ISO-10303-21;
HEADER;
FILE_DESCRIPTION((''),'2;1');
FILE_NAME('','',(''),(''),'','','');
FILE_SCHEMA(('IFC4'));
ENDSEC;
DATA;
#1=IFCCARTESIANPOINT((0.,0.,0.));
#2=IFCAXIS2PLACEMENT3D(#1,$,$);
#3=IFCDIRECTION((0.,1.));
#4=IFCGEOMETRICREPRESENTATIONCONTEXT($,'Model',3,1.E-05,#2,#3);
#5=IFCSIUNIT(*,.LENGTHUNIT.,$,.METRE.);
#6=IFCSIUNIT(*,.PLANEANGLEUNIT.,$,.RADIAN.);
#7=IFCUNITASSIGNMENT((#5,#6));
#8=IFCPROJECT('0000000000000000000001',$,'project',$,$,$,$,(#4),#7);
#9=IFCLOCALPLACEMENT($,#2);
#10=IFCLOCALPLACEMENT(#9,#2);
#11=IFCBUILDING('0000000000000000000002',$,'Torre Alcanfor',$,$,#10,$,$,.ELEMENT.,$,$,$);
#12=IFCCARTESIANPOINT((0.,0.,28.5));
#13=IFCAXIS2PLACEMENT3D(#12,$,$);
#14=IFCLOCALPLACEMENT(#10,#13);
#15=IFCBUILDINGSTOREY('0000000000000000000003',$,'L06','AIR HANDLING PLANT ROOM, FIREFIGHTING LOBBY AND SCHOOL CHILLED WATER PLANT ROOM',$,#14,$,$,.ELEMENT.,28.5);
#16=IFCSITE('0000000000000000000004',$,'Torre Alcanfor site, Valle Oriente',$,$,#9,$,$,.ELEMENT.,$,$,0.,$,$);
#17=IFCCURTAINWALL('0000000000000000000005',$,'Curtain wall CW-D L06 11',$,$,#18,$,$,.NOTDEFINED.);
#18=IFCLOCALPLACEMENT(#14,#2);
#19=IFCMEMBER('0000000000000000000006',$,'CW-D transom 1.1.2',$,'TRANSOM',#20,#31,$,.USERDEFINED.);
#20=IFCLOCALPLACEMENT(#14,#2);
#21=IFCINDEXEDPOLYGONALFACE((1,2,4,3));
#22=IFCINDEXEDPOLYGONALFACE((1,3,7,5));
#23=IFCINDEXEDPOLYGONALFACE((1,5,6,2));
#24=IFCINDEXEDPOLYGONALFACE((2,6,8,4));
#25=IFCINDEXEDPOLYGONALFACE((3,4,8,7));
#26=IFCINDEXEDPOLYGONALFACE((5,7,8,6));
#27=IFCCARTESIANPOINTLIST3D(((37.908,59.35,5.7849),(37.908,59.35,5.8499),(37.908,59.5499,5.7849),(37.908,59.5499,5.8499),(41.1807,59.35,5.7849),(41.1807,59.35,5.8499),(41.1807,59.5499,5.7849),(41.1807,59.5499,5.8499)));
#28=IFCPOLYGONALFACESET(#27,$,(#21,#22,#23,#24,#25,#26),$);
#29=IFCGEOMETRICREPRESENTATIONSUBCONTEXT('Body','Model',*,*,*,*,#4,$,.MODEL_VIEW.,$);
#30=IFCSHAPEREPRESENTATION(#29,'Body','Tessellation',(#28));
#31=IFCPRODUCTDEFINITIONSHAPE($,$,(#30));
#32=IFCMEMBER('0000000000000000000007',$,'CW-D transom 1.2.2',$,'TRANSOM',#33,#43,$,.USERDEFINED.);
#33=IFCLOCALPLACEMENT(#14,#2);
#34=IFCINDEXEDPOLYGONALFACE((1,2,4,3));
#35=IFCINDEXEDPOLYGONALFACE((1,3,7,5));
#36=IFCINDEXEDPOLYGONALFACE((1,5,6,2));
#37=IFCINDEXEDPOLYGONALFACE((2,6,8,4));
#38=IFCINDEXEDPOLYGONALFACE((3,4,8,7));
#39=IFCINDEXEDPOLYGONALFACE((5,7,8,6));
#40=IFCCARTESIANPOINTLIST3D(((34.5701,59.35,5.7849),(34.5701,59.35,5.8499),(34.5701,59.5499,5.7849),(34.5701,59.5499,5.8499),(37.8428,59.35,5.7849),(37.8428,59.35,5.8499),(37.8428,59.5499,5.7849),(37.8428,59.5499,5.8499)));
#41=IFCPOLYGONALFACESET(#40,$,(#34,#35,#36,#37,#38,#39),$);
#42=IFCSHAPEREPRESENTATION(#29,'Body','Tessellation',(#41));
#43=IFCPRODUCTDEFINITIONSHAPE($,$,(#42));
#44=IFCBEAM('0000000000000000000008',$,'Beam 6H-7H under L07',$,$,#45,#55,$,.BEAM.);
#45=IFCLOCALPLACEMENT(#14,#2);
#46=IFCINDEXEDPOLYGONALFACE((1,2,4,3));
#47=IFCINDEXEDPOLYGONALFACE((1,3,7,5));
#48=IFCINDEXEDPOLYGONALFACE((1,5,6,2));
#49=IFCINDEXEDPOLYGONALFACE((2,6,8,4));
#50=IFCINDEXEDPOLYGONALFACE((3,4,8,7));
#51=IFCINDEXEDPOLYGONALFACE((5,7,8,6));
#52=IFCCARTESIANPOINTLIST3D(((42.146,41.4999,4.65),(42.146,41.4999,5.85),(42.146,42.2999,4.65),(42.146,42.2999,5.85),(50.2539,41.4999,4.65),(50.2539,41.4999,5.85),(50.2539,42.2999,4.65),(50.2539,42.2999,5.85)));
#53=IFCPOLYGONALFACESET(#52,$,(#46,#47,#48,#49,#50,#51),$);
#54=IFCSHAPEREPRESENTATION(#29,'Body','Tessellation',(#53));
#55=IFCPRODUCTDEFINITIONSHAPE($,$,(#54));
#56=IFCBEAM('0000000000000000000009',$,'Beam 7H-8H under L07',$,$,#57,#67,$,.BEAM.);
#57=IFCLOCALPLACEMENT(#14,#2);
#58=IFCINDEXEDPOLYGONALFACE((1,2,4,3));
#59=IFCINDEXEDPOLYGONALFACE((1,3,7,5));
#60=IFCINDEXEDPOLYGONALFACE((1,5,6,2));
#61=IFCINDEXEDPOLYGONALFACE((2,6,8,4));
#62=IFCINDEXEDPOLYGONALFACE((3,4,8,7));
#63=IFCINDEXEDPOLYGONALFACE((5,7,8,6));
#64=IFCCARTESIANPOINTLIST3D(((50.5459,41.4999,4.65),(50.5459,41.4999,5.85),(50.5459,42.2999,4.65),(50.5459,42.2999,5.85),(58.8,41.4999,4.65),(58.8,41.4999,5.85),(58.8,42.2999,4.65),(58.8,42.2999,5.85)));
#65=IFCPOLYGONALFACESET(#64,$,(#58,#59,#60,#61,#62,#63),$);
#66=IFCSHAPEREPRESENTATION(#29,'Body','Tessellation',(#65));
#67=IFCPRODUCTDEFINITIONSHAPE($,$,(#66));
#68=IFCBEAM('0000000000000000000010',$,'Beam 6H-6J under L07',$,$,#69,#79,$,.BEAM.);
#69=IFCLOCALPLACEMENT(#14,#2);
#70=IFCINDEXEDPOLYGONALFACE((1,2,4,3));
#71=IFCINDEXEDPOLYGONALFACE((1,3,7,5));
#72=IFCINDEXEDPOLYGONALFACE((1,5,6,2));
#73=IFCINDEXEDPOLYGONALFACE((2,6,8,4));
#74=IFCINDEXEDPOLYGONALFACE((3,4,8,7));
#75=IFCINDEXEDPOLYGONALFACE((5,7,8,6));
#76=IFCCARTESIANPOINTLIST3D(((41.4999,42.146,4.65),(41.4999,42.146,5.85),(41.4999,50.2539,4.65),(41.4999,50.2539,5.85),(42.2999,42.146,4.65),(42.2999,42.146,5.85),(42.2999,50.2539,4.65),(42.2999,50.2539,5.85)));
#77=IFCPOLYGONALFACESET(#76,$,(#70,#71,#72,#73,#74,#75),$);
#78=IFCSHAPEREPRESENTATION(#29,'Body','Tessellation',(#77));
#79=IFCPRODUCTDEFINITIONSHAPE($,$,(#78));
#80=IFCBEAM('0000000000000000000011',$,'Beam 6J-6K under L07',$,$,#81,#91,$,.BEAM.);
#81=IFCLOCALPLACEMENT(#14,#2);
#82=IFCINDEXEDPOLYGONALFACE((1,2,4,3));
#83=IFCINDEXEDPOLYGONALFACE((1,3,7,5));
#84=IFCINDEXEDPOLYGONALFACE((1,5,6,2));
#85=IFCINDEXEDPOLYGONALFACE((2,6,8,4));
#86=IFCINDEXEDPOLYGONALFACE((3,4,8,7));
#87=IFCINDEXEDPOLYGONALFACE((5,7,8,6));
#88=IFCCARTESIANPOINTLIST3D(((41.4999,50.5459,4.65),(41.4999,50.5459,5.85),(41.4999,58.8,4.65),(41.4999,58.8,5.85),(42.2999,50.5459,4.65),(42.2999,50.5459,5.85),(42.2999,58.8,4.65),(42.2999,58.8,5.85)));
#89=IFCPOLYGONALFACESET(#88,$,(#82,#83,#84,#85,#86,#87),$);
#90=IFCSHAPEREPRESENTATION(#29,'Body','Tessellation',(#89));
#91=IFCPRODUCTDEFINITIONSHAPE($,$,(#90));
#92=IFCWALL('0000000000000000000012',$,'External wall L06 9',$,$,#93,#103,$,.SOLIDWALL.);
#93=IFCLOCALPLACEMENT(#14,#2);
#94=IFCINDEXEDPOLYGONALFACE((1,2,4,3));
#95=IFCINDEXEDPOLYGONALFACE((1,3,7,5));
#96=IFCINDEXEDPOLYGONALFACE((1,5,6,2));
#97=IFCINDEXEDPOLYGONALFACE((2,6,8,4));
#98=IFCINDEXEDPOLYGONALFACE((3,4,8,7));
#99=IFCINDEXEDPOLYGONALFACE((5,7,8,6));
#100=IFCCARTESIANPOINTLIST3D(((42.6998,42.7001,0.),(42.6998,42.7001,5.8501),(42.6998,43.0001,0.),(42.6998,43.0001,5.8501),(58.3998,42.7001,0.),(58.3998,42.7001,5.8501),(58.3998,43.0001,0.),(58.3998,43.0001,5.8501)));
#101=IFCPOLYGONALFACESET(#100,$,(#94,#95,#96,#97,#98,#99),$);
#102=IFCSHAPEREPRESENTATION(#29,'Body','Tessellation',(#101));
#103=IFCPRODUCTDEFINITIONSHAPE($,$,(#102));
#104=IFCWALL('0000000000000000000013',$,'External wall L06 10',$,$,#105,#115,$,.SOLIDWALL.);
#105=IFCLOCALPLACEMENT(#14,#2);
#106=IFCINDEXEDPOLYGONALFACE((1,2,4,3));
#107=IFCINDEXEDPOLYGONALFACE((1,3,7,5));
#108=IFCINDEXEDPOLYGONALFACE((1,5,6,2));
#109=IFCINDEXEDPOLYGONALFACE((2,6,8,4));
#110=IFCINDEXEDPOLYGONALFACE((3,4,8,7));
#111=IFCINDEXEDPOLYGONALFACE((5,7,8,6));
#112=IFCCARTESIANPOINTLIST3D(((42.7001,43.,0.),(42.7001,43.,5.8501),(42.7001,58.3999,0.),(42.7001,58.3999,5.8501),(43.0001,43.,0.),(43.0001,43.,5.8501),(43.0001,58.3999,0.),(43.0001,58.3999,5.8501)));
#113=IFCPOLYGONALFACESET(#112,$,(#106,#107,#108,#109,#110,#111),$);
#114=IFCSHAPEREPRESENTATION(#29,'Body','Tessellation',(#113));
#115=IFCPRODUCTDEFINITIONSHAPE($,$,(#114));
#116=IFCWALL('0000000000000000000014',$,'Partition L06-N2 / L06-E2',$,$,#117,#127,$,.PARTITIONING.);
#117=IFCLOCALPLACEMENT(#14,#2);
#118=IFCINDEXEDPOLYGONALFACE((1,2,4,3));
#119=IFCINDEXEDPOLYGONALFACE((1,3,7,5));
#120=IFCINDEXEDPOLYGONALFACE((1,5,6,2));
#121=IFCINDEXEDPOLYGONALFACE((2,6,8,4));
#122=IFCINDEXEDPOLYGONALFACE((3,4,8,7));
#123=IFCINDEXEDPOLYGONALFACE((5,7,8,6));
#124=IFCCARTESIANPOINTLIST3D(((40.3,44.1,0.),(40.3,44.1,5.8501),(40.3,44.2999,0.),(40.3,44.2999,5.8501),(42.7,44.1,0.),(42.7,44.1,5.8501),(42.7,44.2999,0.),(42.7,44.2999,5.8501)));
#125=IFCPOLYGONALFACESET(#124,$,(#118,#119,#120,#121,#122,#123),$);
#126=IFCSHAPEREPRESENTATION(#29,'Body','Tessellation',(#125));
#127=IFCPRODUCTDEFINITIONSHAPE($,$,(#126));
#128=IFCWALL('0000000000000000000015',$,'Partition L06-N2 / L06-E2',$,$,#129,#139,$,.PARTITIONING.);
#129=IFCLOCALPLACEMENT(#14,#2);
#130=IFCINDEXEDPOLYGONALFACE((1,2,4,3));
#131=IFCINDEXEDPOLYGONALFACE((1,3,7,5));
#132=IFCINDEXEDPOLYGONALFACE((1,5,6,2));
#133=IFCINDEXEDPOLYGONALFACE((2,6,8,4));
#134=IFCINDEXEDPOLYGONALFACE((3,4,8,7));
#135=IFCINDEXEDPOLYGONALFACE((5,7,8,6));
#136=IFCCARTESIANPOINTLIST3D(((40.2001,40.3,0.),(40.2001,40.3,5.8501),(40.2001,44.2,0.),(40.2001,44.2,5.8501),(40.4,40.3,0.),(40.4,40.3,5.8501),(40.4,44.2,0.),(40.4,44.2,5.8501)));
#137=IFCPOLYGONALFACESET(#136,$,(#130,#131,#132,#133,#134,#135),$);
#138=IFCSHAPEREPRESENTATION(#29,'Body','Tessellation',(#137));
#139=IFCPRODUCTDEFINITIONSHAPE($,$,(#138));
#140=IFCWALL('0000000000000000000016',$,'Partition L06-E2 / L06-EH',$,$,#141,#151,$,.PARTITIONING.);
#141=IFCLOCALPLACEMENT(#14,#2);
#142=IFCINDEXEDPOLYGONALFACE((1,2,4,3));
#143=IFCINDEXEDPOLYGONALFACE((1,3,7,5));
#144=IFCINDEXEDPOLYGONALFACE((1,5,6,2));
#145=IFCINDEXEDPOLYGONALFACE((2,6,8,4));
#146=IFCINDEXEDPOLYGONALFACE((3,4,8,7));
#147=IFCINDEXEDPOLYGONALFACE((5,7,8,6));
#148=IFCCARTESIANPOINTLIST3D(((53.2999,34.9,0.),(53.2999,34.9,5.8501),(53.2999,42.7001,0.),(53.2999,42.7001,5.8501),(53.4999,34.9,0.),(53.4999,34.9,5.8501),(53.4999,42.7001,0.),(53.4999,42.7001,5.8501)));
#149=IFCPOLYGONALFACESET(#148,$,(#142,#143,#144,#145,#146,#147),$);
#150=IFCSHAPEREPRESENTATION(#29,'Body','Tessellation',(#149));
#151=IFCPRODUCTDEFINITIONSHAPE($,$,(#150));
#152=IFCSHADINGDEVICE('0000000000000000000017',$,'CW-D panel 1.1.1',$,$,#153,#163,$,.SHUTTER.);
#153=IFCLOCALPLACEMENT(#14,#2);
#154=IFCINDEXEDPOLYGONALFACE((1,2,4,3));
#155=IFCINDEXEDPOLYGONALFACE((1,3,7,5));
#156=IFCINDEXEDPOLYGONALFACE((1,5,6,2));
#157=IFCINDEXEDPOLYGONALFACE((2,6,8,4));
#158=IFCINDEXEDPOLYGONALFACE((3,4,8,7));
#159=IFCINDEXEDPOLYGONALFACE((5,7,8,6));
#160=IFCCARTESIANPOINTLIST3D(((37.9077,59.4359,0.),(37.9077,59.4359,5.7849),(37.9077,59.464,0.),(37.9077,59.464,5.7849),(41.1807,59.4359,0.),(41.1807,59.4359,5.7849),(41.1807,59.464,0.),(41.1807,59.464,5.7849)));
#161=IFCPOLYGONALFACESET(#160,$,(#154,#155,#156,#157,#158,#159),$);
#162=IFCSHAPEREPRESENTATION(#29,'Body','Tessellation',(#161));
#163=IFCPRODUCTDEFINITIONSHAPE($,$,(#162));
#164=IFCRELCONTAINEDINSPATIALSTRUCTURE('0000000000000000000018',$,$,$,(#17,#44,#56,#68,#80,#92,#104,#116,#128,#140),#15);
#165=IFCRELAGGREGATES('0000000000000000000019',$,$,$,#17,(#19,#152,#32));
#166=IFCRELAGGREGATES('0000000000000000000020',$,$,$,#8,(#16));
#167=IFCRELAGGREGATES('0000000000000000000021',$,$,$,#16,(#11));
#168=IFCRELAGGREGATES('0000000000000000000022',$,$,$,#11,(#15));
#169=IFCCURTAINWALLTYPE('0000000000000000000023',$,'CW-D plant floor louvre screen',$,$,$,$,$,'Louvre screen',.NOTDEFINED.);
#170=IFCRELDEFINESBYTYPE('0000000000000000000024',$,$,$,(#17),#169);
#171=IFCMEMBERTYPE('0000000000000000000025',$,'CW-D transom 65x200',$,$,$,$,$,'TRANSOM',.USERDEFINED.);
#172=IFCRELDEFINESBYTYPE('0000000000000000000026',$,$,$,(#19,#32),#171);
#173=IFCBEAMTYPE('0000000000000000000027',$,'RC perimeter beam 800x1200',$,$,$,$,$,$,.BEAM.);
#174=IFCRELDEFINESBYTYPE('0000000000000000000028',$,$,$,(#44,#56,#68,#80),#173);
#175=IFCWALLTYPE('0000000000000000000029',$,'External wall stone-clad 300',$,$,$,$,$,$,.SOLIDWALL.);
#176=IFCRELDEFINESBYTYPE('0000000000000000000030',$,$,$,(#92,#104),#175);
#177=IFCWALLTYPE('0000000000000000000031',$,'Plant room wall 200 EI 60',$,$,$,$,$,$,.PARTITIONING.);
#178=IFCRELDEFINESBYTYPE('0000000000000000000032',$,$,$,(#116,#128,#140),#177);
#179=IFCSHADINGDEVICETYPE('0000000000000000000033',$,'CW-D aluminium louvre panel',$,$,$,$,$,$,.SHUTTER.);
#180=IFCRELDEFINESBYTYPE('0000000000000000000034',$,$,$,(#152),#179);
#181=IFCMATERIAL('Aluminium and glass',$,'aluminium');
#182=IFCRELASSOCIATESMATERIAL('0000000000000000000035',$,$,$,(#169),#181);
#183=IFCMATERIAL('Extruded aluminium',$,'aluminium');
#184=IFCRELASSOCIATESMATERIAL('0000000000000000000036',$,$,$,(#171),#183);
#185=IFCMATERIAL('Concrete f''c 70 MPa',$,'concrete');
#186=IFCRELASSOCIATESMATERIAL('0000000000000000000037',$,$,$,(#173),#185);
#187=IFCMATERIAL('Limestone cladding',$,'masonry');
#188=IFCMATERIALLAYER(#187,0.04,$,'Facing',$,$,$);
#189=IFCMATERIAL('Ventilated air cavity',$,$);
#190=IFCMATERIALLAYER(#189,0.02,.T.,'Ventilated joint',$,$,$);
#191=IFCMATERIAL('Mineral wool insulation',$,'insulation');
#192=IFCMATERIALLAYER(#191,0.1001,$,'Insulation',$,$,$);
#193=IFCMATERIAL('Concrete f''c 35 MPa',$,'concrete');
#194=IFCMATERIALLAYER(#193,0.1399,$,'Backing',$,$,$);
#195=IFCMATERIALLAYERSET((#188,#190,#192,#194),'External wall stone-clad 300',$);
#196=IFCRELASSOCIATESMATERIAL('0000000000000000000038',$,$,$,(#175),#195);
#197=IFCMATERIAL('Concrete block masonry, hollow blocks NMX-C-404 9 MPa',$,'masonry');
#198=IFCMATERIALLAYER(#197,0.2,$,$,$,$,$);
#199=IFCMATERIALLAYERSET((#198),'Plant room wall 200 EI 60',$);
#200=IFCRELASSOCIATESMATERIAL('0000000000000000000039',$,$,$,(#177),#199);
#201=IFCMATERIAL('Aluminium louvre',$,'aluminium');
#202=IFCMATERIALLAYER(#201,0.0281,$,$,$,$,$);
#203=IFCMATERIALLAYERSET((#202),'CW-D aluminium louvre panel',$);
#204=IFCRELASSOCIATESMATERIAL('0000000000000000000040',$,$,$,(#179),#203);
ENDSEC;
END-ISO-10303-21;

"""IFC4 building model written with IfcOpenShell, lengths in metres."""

from ifc_helpers import new_model, si_unit, direction, frame, frame_2d, origin, origin_2d, place, context, subcontext, project, spatial, rectangle, extrude, material, layer, layer_set, material_profile, profile_set, type_object, element, aggregate, save


model = new_model("IFC4")

# Units and contexts
model_context = context("Model", 3, precision=1e-05, world=origin(), true_north=direction((0.0, 1.0)))
body_context = subcontext(model_context, "Body", "Model", "MODEL_VIEW")
ifc_project = project(units=[si_unit("LENGTHUNIT", "METRE"), si_unit("PLANEANGLEUNIT", "RADIAN")], contexts=[model_context])

# Site, building, storey
site_placement = place(None, origin())
site = spatial("IfcSite", under=ifc_project, at=site_placement, Name="Torre Alcanfor site, Valle Oriente", CompositionType="ELEMENT", RefElevation=0.0)
building_placement = place(site_placement, origin())
building = spatial("IfcBuilding", under=site, at=building_placement, Name="Torre Alcanfor", CompositionType="ELEMENT")
storey_placement = place(building_placement, frame((0.0, 0.0, 28.5)))
storey = spatial("IfcBuildingStorey", under=building, at=storey_placement, Name="L06", Description="AIR HANDLING PLANT ROOM, FIREFIGHTING LOBBY AND SCHOOL CHILLED WATER PLANT ROOM", CompositionType="ELEMENT", Elevation=28.5)

# Shared definitions
ifc_material_1 = material(Name="Aluminium and glass", Category="aluminium")
curtain_wall_type = type_object("IfcCurtainWallType", Name="CW-D plant floor louvre screen", ElementType="Louvre screen", PredefinedType="NOTDEFINED", material=ifc_material_1)

# Curtain wall, members
curtain_wall_1_placement = place(storey_placement, origin())
curtain_wall_1 = element("IfcCurtainWall", 1, at=curtain_wall_1_placement, inside=storey, type_object=curtain_wall_type, Name="Curtain wall CW-D L06 11", PredefinedType="NOTDEFINED")
ifc_material_2 = material(Name="Extruded aluminium", Category="aluminium")
ifc_material_profile_1 = material_profile(ifc_material_2, rectangle(XDim=0.2, YDim=0.0649, at=origin_2d()), Name="CW-D transom 200x65")
ifc_profile_set_1 = profile_set([ifc_material_profile_1], Name="Extruded aluminium")
member_type_1 = type_object("IfcMemberType", Name="CW-D transom 65x200", ElementType="TRANSOM", PredefinedType="USERDEFINED", material=ifc_profile_set_1)
member_1_placement = place(storey_placement, frame((41.1807, 59.45, 5.8174), z_axis=(-1.0, 0.0, 0.0), x_axis=(0.0, -1.0, 0.0)))
member_1 = element("IfcMember", 2, at=member_1_placement, type_object=member_type_1, Name="CW-D transom 1.1.2", ObjectType="TRANSOM", PredefinedType="USERDEFINED", context=body_context, shape_type="SweptSolid", body=[
    extrude(rectangle(XDim=0.2, YDim=0.0649, at=origin_2d()), origin(), (0.0, 0.0, 1.0), 3.2727),
])
member_2_placement = place(storey_placement, frame((37.8428, 59.45, 5.8174), z_axis=(-1.0, 0.0, 0.0), x_axis=(0.0, -1.0, 0.0)))
member_2 = element("IfcMember", 3, at=member_2_placement, type_object=member_type_1, Name="CW-D transom 1.2.2", ObjectType="TRANSOM", PredefinedType="USERDEFINED", context=body_context, shape_type="SweptSolid", body=[
    extrude(rectangle(XDim=0.2, YDim=0.0649, at=origin_2d()), origin(), (0.0, 0.0, 1.0), 3.2727),
])

# Beams
ifc_material_3 = material(Name="Concrete f'c 70 MPa", Category="concrete")
ifc_material_profile_2 = material_profile(ifc_material_3, rectangle(XDim=0.8, YDim=1.2, at=origin_2d()), Name="800x1200")
ifc_profile_set_2 = profile_set([ifc_material_profile_2], Name="Concrete f'c 70 MPa")
beam_type = type_object("IfcBeamType", Name="RC perimeter beam 800x1200", PredefinedType="BEAM", material=ifc_profile_set_2)
beam_1_placement = place(storey_placement, frame((42.146, 41.8999, 5.25), z_axis=(1.0, 0.0, 0.0), x_axis=(0.0, 1.0, 0.0)))
element("IfcBeam", 4, at=beam_1_placement, inside=storey, type_object=beam_type, Name="Beam 6H-7H under L07", PredefinedType="BEAM", context=body_context, shape_type="SweptSolid", body=[
    extrude(rectangle(XDim=0.8, YDim=1.2, at=origin_2d()), origin(), (0.0, 0.0, 1.0), 8.1079),
])
beam_2_placement = place(storey_placement, frame((50.5459, 41.8999, 5.25), z_axis=(1.0, 0.0, 0.0), x_axis=(0.0, 1.0, 0.0)))
element("IfcBeam", 5, at=beam_2_placement, inside=storey, type_object=beam_type, Name="Beam 7H-8H under L07", PredefinedType="BEAM", context=body_context, shape_type="SweptSolid", body=[
    extrude(rectangle(XDim=0.8, YDim=1.2, at=origin_2d()), origin(), (0.0, 0.0, 1.0), 8.2542),
])
beam_3_placement = place(storey_placement, frame((41.8999, 42.146, 5.25), z_axis=(0.0, 1.0, 0.0), x_axis=(-1.0, 0.0, 0.0)))
element("IfcBeam", 6, at=beam_3_placement, inside=storey, type_object=beam_type, Name="Beam 6H-6J under L07", PredefinedType="BEAM", context=body_context, shape_type="SweptSolid", body=[
    extrude(rectangle(XDim=0.8, YDim=1.2, at=origin_2d()), origin(), (0.0, 0.0, 1.0), 8.1079),
])
beam_4_placement = place(storey_placement, frame((41.8999, 50.5459, 5.25), z_axis=(0.0, 1.0, 0.0), x_axis=(-1.0, 0.0, 0.0)))
element("IfcBeam", 7, at=beam_4_placement, inside=storey, type_object=beam_type, Name="Beam 6J-6K under L07", PredefinedType="BEAM", context=body_context, shape_type="SweptSolid", body=[
    extrude(rectangle(XDim=0.8, YDim=1.2, at=origin_2d()), origin(), (0.0, 0.0, 1.0), 8.2542),
])

# Walls
ifc_material_4 = material(Name="Limestone cladding", Category="masonry")
ifc_layer_1 = layer(ifc_material_4, 0.04, Name="Facing")
ifc_material_5 = material(Name="Ventilated air cavity")
ifc_layer_2 = layer(ifc_material_5, 0.02, ventilated=True, Name="Ventilated joint")
ifc_material_6 = material(Name="Mineral wool insulation", Category="insulation")
ifc_layer_3 = layer(ifc_material_6, 0.1001, Name="Insulation")
ifc_material_7 = material(Name="Concrete f'c 35 MPa", Category="concrete")
ifc_layer_4 = layer(ifc_material_7, 0.1399, Name="Backing")
ifc_layer_set_1 = layer_set([ifc_layer_1, ifc_layer_2, ifc_layer_3, ifc_layer_4], Name="External wall stone-clad 300")
wall_type_1 = type_object("IfcWallType", Name="External wall stone-clad 300", PredefinedType="SOLIDWALL", material=ifc_layer_set_1)
wall_1_placement = place(storey_placement, frame((58.3999, 42.8501, 0.0), z_axis=(0.0, 0.0, 1.0), x_axis=(-1.0, 0.0, 0.0)))
element("IfcWall", 8, at=wall_1_placement, inside=storey, type_object=wall_type_1, Name="External wall L06 9", PredefinedType="SOLIDWALL", context=body_context, shape_type="SweptSolid", body=[
    extrude(rectangle(XDim=15.7, YDim=0.3, at=frame_2d((7.8501, 0.0))), origin(), (0.0, 0.0, 1.0), 5.8501),
])
wall_2_placement = place(storey_placement, frame((42.8501, 43.0, 0.0), z_axis=(0.0, 0.0, 1.0), x_axis=(0.0, 1.0, 0.0)))
element("IfcWall", 9, at=wall_2_placement, inside=storey, type_object=wall_type_1, Name="External wall L06 10", PredefinedType="SOLIDWALL", context=body_context, shape_type="SweptSolid", body=[
    extrude(rectangle(XDim=15.3999, YDim=0.3, at=frame_2d((7.7, 0.0))), origin(), (0.0, 0.0, 1.0), 5.8501),
])

# Shared definitions
ifc_material_8 = material(Name="Concrete block masonry, hollow blocks NMX-C-404 9 MPa", Category="masonry")
ifc_layer_5 = layer(ifc_material_8, 0.2)
ifc_layer_set_2 = layer_set([ifc_layer_5], Name="Plant room wall 200 EI 60")
wall_type_2 = type_object("IfcWallType", Name="Plant room wall 200 EI 60", PredefinedType="PARTITIONING", material=ifc_layer_set_2)

# Walls
wall_3_placement = place(storey_placement, frame((42.7, 44.2, 0.0), z_axis=(0.0, 0.0, 1.0), x_axis=(-1.0, 0.0, 0.0)))
element("IfcWall", 10, at=wall_3_placement, inside=storey, type_object=wall_type_2, Name="Partition L06-N2 / L06-E2", PredefinedType="PARTITIONING", context=body_context, shape_type="SweptSolid", body=[
    extrude(rectangle(XDim=2.3999, YDim=0.2, at=frame_2d((1.2, 0.0))), origin(), (0.0, 0.0, 1.0), 5.8501),
])
wall_4_placement = place(storey_placement, frame((40.3, 44.2, 0.0), z_axis=(0.0, 0.0, 1.0), x_axis=(0.0, -1.0, 0.0)))
element("IfcWall", 11, at=wall_4_placement, inside=storey, type_object=wall_type_2, Name="Partition L06-N2 / L06-E2", PredefinedType="PARTITIONING", context=body_context, shape_type="SweptSolid", body=[
    extrude(rectangle(XDim=3.8999, YDim=0.2, at=frame_2d((1.95, 0.0))), origin(), (0.0, 0.0, 1.0), 5.8501),
])
wall_5_placement = place(storey_placement, frame((53.3999, 42.7, 0.0), z_axis=(0.0, 0.0, 1.0), x_axis=(0.0, -1.0, 0.0)))
element("IfcWall", 12, at=wall_5_placement, inside=storey, type_object=wall_type_2, Name="Partition L06-E2 / L06-EH", PredefinedType="PARTITIONING", context=body_context, shape_type="SweptSolid", body=[
    extrude(rectangle(XDim=7.8, YDim=0.2, at=frame_2d((3.8999, 0.0))), origin(), (0.0, 0.0, 1.0), 5.8501),
])

# Shading device
ifc_material_9 = material(Name="Aluminium louvre", Category="aluminium")
ifc_layer_6 = layer(ifc_material_9, 0.0281)
ifc_layer_set_3 = layer_set([ifc_layer_6], Name="CW-D aluminium louvre panel")
shading_device_type = type_object("IfcShadingDeviceType", Name="CW-D aluminium louvre panel", PredefinedType="SHUTTER", material=ifc_layer_set_3)
shading_device_placement = place(storey_placement, frame((39.5442, 59.45, 0.0), z_axis=(0.0, 0.0, 1.0), x_axis=(-1.0, 0.0, 0.0)))
shading_device = element("IfcShadingDevice", 13, at=shading_device_placement, type_object=shading_device_type, Name="CW-D panel 1.1.1", PredefinedType="SHUTTER", context=body_context, shape_type="SweptSolid", body=[
    extrude(rectangle(XDim=3.2729, YDim=0.0281, at=origin_2d()), origin(), (0.0, 0.0, 1.0), 5.7849),
])
aggregate(curtain_wall_1, [member_1, shading_device, member_2])

save(model, "model.ifc")
